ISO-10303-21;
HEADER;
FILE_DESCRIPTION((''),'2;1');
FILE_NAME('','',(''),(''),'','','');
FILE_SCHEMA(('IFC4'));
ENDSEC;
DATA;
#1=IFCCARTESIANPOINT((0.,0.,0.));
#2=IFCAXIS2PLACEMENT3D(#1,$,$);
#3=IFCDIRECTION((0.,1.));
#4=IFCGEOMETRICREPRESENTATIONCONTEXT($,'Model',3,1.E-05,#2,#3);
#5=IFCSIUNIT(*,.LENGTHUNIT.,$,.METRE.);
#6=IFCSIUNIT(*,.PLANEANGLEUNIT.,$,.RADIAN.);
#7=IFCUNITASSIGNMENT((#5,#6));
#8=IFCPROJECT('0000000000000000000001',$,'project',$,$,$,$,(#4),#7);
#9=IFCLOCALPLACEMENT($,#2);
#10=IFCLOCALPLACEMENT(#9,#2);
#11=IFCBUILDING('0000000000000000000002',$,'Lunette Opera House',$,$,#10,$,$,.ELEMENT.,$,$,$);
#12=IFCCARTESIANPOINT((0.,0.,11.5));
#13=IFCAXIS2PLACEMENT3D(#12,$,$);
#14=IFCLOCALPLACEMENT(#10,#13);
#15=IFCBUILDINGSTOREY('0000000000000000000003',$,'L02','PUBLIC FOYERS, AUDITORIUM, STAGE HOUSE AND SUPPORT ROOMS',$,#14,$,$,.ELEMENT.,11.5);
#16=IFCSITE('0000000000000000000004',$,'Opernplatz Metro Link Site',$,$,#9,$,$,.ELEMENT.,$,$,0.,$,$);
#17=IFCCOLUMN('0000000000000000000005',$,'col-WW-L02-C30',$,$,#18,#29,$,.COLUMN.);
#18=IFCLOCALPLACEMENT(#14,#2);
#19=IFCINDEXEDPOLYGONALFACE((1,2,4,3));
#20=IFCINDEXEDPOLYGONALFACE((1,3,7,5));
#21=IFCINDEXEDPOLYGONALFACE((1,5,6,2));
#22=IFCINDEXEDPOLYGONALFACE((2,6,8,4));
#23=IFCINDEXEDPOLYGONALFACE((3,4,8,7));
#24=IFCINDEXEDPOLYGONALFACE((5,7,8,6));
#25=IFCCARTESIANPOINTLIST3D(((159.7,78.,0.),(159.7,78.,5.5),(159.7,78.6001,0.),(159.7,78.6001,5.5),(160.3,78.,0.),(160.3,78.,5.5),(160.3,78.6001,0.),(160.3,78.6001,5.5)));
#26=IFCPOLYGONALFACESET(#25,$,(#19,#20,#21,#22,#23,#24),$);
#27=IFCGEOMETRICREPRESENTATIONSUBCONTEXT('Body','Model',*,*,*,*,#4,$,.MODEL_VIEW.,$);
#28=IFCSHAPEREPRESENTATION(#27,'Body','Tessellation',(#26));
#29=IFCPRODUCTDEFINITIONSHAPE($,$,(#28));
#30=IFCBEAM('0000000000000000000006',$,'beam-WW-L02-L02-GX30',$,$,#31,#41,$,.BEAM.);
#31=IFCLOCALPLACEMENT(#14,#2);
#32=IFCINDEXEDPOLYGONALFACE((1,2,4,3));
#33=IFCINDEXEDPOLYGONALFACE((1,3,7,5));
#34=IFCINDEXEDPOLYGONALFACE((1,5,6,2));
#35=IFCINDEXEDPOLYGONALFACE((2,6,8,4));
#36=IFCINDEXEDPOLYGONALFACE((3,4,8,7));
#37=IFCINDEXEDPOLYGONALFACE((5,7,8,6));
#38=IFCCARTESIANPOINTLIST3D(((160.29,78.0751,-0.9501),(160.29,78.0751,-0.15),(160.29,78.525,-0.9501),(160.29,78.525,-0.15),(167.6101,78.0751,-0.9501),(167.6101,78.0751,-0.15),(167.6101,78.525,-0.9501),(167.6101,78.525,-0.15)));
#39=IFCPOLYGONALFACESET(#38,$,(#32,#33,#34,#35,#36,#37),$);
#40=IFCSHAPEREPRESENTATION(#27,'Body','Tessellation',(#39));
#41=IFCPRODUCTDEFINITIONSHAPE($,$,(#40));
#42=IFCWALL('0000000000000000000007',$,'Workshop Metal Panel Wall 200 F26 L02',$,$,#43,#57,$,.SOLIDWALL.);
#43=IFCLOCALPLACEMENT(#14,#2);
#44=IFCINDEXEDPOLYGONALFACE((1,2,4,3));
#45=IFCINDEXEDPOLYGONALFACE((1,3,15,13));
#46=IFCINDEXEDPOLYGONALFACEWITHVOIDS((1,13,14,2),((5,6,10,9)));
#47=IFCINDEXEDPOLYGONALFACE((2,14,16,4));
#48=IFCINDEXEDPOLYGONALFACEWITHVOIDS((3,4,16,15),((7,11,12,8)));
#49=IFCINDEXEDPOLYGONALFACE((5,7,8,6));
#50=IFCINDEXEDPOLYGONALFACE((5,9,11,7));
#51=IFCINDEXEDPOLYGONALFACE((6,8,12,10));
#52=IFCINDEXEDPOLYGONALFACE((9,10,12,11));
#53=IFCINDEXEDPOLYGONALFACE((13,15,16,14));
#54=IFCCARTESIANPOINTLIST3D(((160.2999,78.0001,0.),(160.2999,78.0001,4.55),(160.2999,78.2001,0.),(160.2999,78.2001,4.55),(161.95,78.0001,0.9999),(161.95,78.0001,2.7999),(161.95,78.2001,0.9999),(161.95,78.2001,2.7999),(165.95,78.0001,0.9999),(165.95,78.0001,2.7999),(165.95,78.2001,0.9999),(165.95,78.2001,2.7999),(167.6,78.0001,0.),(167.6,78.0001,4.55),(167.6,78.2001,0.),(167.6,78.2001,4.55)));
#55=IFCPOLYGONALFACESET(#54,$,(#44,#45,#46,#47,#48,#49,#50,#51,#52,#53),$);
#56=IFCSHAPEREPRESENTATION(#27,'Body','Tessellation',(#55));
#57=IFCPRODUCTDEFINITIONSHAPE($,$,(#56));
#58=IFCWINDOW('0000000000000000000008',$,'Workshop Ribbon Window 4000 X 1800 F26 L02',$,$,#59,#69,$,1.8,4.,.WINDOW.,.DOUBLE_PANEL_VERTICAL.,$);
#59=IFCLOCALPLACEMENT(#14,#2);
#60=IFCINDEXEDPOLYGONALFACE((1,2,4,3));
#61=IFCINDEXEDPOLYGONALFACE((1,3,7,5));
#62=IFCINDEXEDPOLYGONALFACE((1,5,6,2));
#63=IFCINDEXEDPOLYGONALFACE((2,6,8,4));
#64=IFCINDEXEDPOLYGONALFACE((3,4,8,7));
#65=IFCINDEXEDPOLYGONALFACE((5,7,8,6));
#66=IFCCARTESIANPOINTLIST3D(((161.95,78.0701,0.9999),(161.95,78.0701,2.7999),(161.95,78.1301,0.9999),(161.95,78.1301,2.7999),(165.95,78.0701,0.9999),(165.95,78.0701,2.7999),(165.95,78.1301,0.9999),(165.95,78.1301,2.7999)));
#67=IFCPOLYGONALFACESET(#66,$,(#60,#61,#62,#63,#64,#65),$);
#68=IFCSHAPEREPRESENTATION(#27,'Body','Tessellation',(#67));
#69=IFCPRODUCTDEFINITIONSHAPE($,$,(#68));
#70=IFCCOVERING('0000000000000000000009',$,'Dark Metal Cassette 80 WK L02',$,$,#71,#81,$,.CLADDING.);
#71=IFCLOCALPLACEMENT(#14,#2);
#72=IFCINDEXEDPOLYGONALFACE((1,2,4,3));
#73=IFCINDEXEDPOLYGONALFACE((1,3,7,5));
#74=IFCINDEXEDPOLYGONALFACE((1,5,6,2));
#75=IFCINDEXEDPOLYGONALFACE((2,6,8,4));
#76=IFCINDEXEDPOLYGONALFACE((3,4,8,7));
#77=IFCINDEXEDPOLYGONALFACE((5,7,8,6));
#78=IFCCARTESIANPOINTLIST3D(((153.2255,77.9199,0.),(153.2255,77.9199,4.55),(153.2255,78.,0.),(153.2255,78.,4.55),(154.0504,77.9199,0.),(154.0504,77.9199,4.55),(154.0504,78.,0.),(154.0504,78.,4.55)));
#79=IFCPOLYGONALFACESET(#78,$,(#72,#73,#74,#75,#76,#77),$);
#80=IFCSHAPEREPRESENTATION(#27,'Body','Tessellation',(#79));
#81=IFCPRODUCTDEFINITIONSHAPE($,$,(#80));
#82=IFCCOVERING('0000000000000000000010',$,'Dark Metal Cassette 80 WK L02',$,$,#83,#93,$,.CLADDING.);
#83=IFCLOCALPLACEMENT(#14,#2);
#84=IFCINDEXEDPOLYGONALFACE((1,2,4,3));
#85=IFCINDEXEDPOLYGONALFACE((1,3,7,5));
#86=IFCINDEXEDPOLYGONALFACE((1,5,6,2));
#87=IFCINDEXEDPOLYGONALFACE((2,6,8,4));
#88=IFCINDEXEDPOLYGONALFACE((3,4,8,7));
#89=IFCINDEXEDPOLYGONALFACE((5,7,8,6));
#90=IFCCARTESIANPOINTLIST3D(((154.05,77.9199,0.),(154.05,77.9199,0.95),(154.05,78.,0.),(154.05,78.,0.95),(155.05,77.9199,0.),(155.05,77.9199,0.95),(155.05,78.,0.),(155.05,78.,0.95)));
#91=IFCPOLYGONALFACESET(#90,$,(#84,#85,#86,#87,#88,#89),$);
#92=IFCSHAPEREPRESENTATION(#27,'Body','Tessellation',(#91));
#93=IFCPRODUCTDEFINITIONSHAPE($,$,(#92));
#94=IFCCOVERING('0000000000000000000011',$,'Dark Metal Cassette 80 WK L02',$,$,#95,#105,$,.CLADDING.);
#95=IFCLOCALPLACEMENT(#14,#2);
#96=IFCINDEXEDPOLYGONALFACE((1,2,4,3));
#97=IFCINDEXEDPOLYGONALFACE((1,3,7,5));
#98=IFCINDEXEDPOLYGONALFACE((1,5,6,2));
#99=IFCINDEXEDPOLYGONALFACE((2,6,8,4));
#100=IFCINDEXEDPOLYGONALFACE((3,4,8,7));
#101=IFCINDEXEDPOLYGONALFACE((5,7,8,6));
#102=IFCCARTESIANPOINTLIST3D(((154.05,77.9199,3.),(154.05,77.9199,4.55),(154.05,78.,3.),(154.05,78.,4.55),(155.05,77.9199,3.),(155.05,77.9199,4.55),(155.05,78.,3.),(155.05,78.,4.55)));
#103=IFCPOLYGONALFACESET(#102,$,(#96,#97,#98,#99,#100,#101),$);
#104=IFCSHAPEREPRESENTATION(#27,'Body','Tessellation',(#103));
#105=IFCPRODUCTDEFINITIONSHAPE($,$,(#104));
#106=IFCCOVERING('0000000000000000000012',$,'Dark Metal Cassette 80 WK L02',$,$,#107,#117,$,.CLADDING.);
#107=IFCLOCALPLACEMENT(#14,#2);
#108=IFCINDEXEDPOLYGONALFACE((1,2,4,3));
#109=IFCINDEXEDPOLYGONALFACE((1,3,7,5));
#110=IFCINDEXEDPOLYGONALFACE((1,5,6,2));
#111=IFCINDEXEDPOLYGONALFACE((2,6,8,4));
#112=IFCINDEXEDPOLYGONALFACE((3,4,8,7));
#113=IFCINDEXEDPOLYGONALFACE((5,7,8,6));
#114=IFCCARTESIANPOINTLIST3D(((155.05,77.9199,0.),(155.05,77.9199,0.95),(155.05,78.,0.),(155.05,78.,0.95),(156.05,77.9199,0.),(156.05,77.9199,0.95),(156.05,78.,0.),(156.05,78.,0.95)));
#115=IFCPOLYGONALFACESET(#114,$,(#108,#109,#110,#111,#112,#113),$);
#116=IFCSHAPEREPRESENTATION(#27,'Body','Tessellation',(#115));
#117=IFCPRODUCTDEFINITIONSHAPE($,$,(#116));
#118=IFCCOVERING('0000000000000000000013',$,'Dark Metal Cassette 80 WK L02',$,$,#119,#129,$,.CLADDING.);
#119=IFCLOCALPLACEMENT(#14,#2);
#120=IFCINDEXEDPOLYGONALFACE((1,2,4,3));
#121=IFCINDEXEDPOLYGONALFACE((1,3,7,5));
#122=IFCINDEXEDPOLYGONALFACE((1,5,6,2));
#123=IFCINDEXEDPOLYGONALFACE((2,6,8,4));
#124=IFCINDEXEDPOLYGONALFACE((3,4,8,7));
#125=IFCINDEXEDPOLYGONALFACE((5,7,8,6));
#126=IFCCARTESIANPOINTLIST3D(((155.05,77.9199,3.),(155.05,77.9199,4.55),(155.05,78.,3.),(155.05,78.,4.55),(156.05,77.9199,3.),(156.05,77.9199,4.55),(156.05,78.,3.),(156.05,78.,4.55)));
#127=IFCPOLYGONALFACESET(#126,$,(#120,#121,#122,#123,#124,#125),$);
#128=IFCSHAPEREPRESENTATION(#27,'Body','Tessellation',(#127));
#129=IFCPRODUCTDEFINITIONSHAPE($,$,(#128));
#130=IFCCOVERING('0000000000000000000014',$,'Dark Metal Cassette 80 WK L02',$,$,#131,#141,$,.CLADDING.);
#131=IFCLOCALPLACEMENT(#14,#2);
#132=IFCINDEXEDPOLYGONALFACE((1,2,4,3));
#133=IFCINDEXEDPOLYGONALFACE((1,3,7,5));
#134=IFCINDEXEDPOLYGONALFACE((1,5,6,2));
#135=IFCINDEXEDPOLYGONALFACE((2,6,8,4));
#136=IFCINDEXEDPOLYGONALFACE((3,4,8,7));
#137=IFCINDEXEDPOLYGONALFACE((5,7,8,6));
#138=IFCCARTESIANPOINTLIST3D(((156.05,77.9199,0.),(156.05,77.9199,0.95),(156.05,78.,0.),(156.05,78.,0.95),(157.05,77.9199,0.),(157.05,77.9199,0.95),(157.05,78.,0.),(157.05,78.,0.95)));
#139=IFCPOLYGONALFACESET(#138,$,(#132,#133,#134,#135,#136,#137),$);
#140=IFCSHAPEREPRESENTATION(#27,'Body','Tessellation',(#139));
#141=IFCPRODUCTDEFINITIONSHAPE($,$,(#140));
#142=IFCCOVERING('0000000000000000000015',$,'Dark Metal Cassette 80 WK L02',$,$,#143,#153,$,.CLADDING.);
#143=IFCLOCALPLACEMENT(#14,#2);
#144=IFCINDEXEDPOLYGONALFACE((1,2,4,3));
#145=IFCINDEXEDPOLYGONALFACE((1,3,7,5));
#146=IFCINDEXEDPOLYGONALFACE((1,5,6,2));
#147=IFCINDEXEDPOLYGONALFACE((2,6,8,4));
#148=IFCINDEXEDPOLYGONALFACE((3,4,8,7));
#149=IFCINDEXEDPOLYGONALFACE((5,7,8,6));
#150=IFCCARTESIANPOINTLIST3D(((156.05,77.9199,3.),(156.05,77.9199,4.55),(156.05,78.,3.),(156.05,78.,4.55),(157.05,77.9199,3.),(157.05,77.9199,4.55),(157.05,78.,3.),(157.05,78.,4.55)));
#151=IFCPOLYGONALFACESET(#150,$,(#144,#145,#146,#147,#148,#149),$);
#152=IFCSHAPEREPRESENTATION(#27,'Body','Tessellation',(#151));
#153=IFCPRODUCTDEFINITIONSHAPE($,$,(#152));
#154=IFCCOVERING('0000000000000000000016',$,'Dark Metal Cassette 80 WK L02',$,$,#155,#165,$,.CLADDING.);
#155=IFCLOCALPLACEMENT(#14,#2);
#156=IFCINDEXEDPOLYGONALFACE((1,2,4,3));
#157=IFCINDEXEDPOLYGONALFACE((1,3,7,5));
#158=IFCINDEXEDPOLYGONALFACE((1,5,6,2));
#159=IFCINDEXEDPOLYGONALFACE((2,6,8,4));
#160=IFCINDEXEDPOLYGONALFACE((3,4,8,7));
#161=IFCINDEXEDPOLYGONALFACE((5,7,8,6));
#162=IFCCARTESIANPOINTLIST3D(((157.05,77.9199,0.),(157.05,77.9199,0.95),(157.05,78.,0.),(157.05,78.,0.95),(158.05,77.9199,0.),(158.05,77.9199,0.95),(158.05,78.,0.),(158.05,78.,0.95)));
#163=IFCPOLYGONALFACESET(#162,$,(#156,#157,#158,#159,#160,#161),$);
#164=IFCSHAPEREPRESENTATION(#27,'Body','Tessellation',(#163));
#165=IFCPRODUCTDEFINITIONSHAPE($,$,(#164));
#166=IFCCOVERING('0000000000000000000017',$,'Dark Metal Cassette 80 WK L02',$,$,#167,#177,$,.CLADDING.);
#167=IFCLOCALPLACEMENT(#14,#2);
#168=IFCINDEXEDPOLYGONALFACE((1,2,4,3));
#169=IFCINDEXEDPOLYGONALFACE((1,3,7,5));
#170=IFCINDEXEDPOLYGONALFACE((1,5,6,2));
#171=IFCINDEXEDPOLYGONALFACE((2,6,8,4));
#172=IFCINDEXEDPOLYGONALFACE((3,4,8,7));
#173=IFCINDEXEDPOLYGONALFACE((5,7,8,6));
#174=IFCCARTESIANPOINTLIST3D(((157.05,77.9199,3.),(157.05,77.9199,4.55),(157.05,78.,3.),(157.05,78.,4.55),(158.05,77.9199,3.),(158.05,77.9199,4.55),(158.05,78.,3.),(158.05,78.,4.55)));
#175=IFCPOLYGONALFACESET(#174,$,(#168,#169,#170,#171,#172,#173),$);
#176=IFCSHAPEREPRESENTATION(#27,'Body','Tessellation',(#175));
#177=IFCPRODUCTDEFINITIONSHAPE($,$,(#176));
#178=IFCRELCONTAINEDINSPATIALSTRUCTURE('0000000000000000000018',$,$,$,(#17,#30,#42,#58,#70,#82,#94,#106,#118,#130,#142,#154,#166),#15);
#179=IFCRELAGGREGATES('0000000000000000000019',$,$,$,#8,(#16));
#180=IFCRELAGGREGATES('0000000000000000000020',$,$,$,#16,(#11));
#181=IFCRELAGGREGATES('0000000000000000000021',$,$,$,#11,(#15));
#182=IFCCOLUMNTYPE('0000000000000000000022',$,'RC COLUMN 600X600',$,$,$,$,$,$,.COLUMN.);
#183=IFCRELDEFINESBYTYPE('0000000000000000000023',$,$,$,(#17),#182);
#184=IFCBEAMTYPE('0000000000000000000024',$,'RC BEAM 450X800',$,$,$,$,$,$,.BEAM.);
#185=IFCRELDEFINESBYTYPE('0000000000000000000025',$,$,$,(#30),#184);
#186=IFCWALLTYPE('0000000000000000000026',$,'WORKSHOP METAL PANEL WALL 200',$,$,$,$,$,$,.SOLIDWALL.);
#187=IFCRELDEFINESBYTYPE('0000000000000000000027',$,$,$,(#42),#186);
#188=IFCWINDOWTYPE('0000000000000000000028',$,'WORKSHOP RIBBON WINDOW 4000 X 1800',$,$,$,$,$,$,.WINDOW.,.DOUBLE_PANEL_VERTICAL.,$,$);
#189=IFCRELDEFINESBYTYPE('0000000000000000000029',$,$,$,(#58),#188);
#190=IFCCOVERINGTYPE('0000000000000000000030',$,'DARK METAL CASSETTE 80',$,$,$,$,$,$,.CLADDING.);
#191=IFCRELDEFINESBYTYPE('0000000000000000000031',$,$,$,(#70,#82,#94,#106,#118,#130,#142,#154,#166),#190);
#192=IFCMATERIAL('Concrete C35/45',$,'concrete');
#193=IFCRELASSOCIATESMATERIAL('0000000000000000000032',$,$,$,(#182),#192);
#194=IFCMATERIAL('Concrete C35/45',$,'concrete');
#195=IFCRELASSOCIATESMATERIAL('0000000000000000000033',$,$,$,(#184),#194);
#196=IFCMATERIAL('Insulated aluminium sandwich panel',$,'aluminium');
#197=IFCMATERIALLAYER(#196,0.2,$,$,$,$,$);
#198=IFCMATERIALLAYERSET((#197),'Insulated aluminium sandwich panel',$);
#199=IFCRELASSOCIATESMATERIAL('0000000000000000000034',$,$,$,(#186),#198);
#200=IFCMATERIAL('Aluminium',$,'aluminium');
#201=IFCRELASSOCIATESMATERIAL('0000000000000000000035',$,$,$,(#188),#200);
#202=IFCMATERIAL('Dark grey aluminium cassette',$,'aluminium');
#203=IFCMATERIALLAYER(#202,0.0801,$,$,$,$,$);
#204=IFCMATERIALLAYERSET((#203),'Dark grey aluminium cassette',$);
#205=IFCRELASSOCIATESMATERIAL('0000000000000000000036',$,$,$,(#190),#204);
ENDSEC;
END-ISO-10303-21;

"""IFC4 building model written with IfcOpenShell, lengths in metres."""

from ifc_helpers import new_model, si_unit, direction, frame, frame_2d, origin, origin_2d, place, context, subcontext, project, spatial, rectangle, extrude, material, layer, layer_set, material_profile, profile_set, type_object, element, fill, save


model = new_model("IFC4")

# Units and contexts
model_context = context("Model", 3, precision=1e-05, world=origin(), true_north=direction((0.0, 1.0)))
body_context = subcontext(model_context, "Body", "Model", "MODEL_VIEW")
ifc_project = project(units=[si_unit("LENGTHUNIT", "METRE"), si_unit("PLANEANGLEUNIT", "RADIAN")], contexts=[model_context])

# Site, building, storey
site_placement = place(None, origin())
site = spatial("IfcSite", under=ifc_project, at=site_placement, Name="Opernplatz Metro Link Site", CompositionType="ELEMENT", RefElevation=0.0)
building_placement = place(site_placement, origin())
building = spatial("IfcBuilding", under=site, at=building_placement, Name="Lunette Opera House", CompositionType="ELEMENT")
storey_placement = place(building_placement, frame((0.0, 0.0, 11.5)))
storey = spatial("IfcBuildingStorey", under=building, at=storey_placement, Name="L02", Description="PUBLIC FOYERS, AUDITORIUM, STAGE HOUSE AND SUPPORT ROOMS", CompositionType="ELEMENT", Elevation=11.5)

# Column
ifc_material_1 = material(Name="Concrete C35/45", Category="concrete")
ifc_material_profile_1 = material_profile(ifc_material_1, rectangle(XDim=0.6001, YDim=0.6001, at=origin_2d()), Name="RC COLUMN 600X600")
ifc_profile_set_1 = profile_set([ifc_material_profile_1], Name="Concrete C35/45")
column_type = type_object("IfcColumnType", Name="RC COLUMN 600X600", PredefinedType="COLUMN", material=ifc_profile_set_1)
column_placement = place(storey_placement, frame((160.0, 78.3, 0.0), z_axis=(0.0, 0.0, 1.0), x_axis=(1.0, 0.0, 0.0)))
element("IfcColumn", 1, at=column_placement, inside=storey, type_object=column_type, Name="col-WW-L02-C30", PredefinedType="COLUMN", context=body_context, shape_type="SweptSolid", body=[
    extrude(rectangle(XDim=0.6001, YDim=0.6001, at=origin_2d()), origin(), (0.0, 0.0, 1.0), 5.5),
])

# Beam
ifc_material_2 = material(Name="Concrete C35/45", Category="concrete")
ifc_material_profile_2 = material_profile(ifc_material_2, rectangle(XDim=0.45, YDim=0.8, at=origin_2d()), Name="RC BEAM 450X800")
ifc_profile_set_2 = profile_set([ifc_material_profile_2], Name="Concrete C35/45")
beam_type = type_object("IfcBeamType", Name="RC BEAM 450X800", PredefinedType="BEAM", material=ifc_profile_set_2)
beam_placement = place(storey_placement, frame((160.29, 78.3, -0.55), z_axis=(1.0, 0.0, 0.0), x_axis=(0.0, 1.0, 0.0)))
element("IfcBeam", 2, at=beam_placement, inside=storey, type_object=beam_type, Name="beam-WW-L02-L02-GX30", PredefinedType="BEAM", context=body_context, shape_type="SweptSolid", body=[
    extrude(rectangle(XDim=0.45, YDim=0.8, at=origin_2d()), origin(), (0.0, 0.0, 1.0), 7.3201),
])

# Wall, opening, window
ifc_material_3 = material(Name="Insulated aluminium sandwich panel", Category="aluminium")
ifc_layer_1 = layer(ifc_material_3, 0.2)
ifc_layer_set_1 = layer_set([ifc_layer_1], Name="Insulated aluminium sandwich panel")
wall_type = type_object("IfcWallType", Name="WORKSHOP METAL PANEL WALL 200", PredefinedType="SOLIDWALL", material=ifc_layer_set_1)
wall_placement = place(storey_placement, frame((160.3, 78.1001, 0.0), z_axis=(0.0, 0.0, 1.0), x_axis=(1.0, 0.0, 0.0)))
wall = element("IfcWall", 3, at=wall_placement, inside=storey, type_object=wall_type, Name="Workshop Metal Panel Wall 200 F26 L02", PredefinedType="SOLIDWALL", context=body_context, shape_type="SweptSolid", body=[
    extrude(rectangle(XDim=7.3, YDim=0.2, at=frame_2d((3.6499, 0.0))), origin(), (0.0, 0.0, 1.0), 4.55),
])
opening_placement = place(wall_placement, frame((1.6499, 0.0, 1.0)))
opening = element("IfcOpeningElement", 4, at=opening_placement, cuts=wall, PredefinedType="OPENING", context=body_context, shape_type="SweptSolid", body=[
    extrude(rectangle(XDim=4.0, YDim=1.8, at=frame_2d((2.0, 0.8999))), frame((0.0, 0.1121, 0.0), z_axis=(0.0, -1.0, 0.0), x_axis=(1.0, 0.0, 0.0)), (0.0, 0.0, 1.0), 0.2239),
])
ifc_material_4 = material(Name="Aluminium", Category="aluminium")
window_type = type_object("IfcWindowType", Name="WORKSHOP RIBBON WINDOW 4000 X 1800", PartitioningType="DOUBLE_PANEL_VERTICAL", PredefinedType="WINDOW", material=ifc_material_4)
window_placement = place(opening_placement, origin())
window = element("IfcWindow", 5, at=window_placement, inside=storey, type_object=window_type, Name="Workshop Ribbon Window 4000 X 1800 F26 L02", OverallHeight=1.8, OverallWidth=4.0, PartitioningType="DOUBLE_PANEL_VERTICAL", PredefinedType="WINDOW", context=body_context, shape_type="SweptSolid", body=[
    extrude(rectangle(XDim=4.0, YDim=1.8, at=frame_2d((2.0, 0.8999))), frame((0.0, 0.03, 0.0), z_axis=(0.0, -1.0, 0.0), x_axis=(1.0, 0.0, 0.0)), (0.0, 0.0, 1.0), 0.0601),
])
fill(opening, window)

# Coverings
ifc_material_5 = material(Name="Dark grey aluminium cassette", Category="aluminium")
ifc_layer_2 = layer(ifc_material_5, 0.0801)
ifc_layer_set_2 = layer_set([ifc_layer_2], Name="Dark grey aluminium cassette")
covering_type = type_object("IfcCoveringType", Name="DARK METAL CASSETTE 80", PredefinedType="CLADDING", material=ifc_layer_set_2)
covering_1_placement = place(storey_placement, frame((153.6379, 77.96, 0.0), z_axis=(0.0, 0.0, 1.0), x_axis=(1.0, 0.0, 0.0)))
element("IfcCovering", 6, at=covering_1_placement, inside=storey, type_object=covering_type, Name="Dark Metal Cassette 80 WK L02", PredefinedType="CLADDING", context=body_context, shape_type="SweptSolid", body=[
    extrude(rectangle(XDim=0.825, YDim=0.0801, at=origin_2d()), origin(), (0.0, 0.0, 1.0), 4.55),
])
covering_2_placement = place(storey_placement, frame((154.55, 77.96, 0.0), z_axis=(0.0, 0.0, 1.0), x_axis=(1.0, 0.0, 0.0)))
element("IfcCovering", 7, at=covering_2_placement, inside=storey, type_object=covering_type, Name="Dark Metal Cassette 80 WK L02", PredefinedType="CLADDING", context=body_context, shape_type="SweptSolid", body=[
    extrude(rectangle(XDim=1.0, YDim=0.0801, at=origin_2d()), origin(), (0.0, 0.0, 1.0), 0.95),
])
covering_3_placement = place(storey_placement, frame((154.55, 77.96, 3.0), z_axis=(0.0, 0.0, 1.0), x_axis=(1.0, 0.0, 0.0)))
element("IfcCovering", 8, at=covering_3_placement, inside=storey, type_object=covering_type, Name="Dark Metal Cassette 80 WK L02", PredefinedType="CLADDING", context=body_context, shape_type="SweptSolid", body=[
    extrude(rectangle(XDim=1.0, YDim=0.0801, at=origin_2d()), origin(), (0.0, 0.0, 1.0), 1.55),
])
covering_4_placement = place(storey_placement, frame((155.55, 77.96, 0.0), z_axis=(0.0, 0.0, 1.0), x_axis=(1.0, 0.0, 0.0)))
element("IfcCovering", 9, at=covering_4_placement, inside=storey, type_object=covering_type, Name="Dark Metal Cassette 80 WK L02", PredefinedType="CLADDING", context=body_context, shape_type="SweptSolid", body=[
    extrude(rectangle(XDim=1.0, YDim=0.0801, at=origin_2d()), origin(), (0.0, 0.0, 1.0), 0.95),
])
covering_5_placement = place(storey_placement, frame((155.55, 77.96, 3.0), z_axis=(0.0, 0.0, 1.0), x_axis=(1.0, 0.0, 0.0)))
element("IfcCovering", 10, at=covering_5_placement, inside=storey, type_object=covering_type, Name="Dark Metal Cassette 80 WK L02", PredefinedType="CLADDING", context=body_context, shape_type="SweptSolid", body=[
    extrude(rectangle(XDim=1.0, YDim=0.0801, at=origin_2d()), origin(), (0.0, 0.0, 1.0), 1.55),
])
covering_6_placement = place(storey_placement, frame((156.55, 77.96, 0.0), z_axis=(0.0, 0.0, 1.0), x_axis=(1.0, 0.0, 0.0)))
element("IfcCovering", 11, at=covering_6_placement, inside=storey, type_object=covering_type, Name="Dark Metal Cassette 80 WK L02", PredefinedType="CLADDING", context=body_context, shape_type="SweptSolid", body=[
    extrude(rectangle(XDim=1.0, YDim=0.0801, at=origin_2d()), origin(), (0.0, 0.0, 1.0), 0.95),
])
covering_7_placement = place(storey_placement, frame((156.55, 77.96, 3.0), z_axis=(0.0, 0.0, 1.0), x_axis=(1.0, 0.0, 0.0)))
element("IfcCovering", 12, at=covering_7_placement, inside=storey, type_object=covering_type, Name="Dark Metal Cassette 80 WK L02", PredefinedType="CLADDING", context=body_context, shape_type="SweptSolid", body=[
    extrude(rectangle(XDim=1.0, YDim=0.0801, at=origin_2d()), origin(), (0.0, 0.0, 1.0), 1.55),
])
covering_8_placement = place(storey_placement, frame((157.55, 77.96, 0.0), z_axis=(0.0, 0.0, 1.0), x_axis=(1.0, 0.0, 0.0)))
element("IfcCovering", 13, at=covering_8_placement, inside=storey, type_object=covering_type, Name="Dark Metal Cassette 80 WK L02", PredefinedType="CLADDING", context=body_context, shape_type="SweptSolid", body=[
    extrude(rectangle(XDim=1.0, YDim=0.0801, at=origin_2d()), origin(), (0.0, 0.0, 1.0), 0.95),
])
covering_9_placement = place(storey_placement, frame((157.55, 77.96, 3.0), z_axis=(0.0, 0.0, 1.0), x_axis=(1.0, 0.0, 0.0)))
element("IfcCovering", 14, at=covering_9_placement, inside=storey, type_object=covering_type, Name="Dark Metal Cassette 80 WK L02", PredefinedType="CLADDING", context=body_context, shape_type="SweptSolid", body=[
    extrude(rectangle(XDim=1.0, YDim=0.0801, at=origin_2d()), origin(), (0.0, 0.0, 1.0), 1.55),
])

save(model, "model.ifc")
